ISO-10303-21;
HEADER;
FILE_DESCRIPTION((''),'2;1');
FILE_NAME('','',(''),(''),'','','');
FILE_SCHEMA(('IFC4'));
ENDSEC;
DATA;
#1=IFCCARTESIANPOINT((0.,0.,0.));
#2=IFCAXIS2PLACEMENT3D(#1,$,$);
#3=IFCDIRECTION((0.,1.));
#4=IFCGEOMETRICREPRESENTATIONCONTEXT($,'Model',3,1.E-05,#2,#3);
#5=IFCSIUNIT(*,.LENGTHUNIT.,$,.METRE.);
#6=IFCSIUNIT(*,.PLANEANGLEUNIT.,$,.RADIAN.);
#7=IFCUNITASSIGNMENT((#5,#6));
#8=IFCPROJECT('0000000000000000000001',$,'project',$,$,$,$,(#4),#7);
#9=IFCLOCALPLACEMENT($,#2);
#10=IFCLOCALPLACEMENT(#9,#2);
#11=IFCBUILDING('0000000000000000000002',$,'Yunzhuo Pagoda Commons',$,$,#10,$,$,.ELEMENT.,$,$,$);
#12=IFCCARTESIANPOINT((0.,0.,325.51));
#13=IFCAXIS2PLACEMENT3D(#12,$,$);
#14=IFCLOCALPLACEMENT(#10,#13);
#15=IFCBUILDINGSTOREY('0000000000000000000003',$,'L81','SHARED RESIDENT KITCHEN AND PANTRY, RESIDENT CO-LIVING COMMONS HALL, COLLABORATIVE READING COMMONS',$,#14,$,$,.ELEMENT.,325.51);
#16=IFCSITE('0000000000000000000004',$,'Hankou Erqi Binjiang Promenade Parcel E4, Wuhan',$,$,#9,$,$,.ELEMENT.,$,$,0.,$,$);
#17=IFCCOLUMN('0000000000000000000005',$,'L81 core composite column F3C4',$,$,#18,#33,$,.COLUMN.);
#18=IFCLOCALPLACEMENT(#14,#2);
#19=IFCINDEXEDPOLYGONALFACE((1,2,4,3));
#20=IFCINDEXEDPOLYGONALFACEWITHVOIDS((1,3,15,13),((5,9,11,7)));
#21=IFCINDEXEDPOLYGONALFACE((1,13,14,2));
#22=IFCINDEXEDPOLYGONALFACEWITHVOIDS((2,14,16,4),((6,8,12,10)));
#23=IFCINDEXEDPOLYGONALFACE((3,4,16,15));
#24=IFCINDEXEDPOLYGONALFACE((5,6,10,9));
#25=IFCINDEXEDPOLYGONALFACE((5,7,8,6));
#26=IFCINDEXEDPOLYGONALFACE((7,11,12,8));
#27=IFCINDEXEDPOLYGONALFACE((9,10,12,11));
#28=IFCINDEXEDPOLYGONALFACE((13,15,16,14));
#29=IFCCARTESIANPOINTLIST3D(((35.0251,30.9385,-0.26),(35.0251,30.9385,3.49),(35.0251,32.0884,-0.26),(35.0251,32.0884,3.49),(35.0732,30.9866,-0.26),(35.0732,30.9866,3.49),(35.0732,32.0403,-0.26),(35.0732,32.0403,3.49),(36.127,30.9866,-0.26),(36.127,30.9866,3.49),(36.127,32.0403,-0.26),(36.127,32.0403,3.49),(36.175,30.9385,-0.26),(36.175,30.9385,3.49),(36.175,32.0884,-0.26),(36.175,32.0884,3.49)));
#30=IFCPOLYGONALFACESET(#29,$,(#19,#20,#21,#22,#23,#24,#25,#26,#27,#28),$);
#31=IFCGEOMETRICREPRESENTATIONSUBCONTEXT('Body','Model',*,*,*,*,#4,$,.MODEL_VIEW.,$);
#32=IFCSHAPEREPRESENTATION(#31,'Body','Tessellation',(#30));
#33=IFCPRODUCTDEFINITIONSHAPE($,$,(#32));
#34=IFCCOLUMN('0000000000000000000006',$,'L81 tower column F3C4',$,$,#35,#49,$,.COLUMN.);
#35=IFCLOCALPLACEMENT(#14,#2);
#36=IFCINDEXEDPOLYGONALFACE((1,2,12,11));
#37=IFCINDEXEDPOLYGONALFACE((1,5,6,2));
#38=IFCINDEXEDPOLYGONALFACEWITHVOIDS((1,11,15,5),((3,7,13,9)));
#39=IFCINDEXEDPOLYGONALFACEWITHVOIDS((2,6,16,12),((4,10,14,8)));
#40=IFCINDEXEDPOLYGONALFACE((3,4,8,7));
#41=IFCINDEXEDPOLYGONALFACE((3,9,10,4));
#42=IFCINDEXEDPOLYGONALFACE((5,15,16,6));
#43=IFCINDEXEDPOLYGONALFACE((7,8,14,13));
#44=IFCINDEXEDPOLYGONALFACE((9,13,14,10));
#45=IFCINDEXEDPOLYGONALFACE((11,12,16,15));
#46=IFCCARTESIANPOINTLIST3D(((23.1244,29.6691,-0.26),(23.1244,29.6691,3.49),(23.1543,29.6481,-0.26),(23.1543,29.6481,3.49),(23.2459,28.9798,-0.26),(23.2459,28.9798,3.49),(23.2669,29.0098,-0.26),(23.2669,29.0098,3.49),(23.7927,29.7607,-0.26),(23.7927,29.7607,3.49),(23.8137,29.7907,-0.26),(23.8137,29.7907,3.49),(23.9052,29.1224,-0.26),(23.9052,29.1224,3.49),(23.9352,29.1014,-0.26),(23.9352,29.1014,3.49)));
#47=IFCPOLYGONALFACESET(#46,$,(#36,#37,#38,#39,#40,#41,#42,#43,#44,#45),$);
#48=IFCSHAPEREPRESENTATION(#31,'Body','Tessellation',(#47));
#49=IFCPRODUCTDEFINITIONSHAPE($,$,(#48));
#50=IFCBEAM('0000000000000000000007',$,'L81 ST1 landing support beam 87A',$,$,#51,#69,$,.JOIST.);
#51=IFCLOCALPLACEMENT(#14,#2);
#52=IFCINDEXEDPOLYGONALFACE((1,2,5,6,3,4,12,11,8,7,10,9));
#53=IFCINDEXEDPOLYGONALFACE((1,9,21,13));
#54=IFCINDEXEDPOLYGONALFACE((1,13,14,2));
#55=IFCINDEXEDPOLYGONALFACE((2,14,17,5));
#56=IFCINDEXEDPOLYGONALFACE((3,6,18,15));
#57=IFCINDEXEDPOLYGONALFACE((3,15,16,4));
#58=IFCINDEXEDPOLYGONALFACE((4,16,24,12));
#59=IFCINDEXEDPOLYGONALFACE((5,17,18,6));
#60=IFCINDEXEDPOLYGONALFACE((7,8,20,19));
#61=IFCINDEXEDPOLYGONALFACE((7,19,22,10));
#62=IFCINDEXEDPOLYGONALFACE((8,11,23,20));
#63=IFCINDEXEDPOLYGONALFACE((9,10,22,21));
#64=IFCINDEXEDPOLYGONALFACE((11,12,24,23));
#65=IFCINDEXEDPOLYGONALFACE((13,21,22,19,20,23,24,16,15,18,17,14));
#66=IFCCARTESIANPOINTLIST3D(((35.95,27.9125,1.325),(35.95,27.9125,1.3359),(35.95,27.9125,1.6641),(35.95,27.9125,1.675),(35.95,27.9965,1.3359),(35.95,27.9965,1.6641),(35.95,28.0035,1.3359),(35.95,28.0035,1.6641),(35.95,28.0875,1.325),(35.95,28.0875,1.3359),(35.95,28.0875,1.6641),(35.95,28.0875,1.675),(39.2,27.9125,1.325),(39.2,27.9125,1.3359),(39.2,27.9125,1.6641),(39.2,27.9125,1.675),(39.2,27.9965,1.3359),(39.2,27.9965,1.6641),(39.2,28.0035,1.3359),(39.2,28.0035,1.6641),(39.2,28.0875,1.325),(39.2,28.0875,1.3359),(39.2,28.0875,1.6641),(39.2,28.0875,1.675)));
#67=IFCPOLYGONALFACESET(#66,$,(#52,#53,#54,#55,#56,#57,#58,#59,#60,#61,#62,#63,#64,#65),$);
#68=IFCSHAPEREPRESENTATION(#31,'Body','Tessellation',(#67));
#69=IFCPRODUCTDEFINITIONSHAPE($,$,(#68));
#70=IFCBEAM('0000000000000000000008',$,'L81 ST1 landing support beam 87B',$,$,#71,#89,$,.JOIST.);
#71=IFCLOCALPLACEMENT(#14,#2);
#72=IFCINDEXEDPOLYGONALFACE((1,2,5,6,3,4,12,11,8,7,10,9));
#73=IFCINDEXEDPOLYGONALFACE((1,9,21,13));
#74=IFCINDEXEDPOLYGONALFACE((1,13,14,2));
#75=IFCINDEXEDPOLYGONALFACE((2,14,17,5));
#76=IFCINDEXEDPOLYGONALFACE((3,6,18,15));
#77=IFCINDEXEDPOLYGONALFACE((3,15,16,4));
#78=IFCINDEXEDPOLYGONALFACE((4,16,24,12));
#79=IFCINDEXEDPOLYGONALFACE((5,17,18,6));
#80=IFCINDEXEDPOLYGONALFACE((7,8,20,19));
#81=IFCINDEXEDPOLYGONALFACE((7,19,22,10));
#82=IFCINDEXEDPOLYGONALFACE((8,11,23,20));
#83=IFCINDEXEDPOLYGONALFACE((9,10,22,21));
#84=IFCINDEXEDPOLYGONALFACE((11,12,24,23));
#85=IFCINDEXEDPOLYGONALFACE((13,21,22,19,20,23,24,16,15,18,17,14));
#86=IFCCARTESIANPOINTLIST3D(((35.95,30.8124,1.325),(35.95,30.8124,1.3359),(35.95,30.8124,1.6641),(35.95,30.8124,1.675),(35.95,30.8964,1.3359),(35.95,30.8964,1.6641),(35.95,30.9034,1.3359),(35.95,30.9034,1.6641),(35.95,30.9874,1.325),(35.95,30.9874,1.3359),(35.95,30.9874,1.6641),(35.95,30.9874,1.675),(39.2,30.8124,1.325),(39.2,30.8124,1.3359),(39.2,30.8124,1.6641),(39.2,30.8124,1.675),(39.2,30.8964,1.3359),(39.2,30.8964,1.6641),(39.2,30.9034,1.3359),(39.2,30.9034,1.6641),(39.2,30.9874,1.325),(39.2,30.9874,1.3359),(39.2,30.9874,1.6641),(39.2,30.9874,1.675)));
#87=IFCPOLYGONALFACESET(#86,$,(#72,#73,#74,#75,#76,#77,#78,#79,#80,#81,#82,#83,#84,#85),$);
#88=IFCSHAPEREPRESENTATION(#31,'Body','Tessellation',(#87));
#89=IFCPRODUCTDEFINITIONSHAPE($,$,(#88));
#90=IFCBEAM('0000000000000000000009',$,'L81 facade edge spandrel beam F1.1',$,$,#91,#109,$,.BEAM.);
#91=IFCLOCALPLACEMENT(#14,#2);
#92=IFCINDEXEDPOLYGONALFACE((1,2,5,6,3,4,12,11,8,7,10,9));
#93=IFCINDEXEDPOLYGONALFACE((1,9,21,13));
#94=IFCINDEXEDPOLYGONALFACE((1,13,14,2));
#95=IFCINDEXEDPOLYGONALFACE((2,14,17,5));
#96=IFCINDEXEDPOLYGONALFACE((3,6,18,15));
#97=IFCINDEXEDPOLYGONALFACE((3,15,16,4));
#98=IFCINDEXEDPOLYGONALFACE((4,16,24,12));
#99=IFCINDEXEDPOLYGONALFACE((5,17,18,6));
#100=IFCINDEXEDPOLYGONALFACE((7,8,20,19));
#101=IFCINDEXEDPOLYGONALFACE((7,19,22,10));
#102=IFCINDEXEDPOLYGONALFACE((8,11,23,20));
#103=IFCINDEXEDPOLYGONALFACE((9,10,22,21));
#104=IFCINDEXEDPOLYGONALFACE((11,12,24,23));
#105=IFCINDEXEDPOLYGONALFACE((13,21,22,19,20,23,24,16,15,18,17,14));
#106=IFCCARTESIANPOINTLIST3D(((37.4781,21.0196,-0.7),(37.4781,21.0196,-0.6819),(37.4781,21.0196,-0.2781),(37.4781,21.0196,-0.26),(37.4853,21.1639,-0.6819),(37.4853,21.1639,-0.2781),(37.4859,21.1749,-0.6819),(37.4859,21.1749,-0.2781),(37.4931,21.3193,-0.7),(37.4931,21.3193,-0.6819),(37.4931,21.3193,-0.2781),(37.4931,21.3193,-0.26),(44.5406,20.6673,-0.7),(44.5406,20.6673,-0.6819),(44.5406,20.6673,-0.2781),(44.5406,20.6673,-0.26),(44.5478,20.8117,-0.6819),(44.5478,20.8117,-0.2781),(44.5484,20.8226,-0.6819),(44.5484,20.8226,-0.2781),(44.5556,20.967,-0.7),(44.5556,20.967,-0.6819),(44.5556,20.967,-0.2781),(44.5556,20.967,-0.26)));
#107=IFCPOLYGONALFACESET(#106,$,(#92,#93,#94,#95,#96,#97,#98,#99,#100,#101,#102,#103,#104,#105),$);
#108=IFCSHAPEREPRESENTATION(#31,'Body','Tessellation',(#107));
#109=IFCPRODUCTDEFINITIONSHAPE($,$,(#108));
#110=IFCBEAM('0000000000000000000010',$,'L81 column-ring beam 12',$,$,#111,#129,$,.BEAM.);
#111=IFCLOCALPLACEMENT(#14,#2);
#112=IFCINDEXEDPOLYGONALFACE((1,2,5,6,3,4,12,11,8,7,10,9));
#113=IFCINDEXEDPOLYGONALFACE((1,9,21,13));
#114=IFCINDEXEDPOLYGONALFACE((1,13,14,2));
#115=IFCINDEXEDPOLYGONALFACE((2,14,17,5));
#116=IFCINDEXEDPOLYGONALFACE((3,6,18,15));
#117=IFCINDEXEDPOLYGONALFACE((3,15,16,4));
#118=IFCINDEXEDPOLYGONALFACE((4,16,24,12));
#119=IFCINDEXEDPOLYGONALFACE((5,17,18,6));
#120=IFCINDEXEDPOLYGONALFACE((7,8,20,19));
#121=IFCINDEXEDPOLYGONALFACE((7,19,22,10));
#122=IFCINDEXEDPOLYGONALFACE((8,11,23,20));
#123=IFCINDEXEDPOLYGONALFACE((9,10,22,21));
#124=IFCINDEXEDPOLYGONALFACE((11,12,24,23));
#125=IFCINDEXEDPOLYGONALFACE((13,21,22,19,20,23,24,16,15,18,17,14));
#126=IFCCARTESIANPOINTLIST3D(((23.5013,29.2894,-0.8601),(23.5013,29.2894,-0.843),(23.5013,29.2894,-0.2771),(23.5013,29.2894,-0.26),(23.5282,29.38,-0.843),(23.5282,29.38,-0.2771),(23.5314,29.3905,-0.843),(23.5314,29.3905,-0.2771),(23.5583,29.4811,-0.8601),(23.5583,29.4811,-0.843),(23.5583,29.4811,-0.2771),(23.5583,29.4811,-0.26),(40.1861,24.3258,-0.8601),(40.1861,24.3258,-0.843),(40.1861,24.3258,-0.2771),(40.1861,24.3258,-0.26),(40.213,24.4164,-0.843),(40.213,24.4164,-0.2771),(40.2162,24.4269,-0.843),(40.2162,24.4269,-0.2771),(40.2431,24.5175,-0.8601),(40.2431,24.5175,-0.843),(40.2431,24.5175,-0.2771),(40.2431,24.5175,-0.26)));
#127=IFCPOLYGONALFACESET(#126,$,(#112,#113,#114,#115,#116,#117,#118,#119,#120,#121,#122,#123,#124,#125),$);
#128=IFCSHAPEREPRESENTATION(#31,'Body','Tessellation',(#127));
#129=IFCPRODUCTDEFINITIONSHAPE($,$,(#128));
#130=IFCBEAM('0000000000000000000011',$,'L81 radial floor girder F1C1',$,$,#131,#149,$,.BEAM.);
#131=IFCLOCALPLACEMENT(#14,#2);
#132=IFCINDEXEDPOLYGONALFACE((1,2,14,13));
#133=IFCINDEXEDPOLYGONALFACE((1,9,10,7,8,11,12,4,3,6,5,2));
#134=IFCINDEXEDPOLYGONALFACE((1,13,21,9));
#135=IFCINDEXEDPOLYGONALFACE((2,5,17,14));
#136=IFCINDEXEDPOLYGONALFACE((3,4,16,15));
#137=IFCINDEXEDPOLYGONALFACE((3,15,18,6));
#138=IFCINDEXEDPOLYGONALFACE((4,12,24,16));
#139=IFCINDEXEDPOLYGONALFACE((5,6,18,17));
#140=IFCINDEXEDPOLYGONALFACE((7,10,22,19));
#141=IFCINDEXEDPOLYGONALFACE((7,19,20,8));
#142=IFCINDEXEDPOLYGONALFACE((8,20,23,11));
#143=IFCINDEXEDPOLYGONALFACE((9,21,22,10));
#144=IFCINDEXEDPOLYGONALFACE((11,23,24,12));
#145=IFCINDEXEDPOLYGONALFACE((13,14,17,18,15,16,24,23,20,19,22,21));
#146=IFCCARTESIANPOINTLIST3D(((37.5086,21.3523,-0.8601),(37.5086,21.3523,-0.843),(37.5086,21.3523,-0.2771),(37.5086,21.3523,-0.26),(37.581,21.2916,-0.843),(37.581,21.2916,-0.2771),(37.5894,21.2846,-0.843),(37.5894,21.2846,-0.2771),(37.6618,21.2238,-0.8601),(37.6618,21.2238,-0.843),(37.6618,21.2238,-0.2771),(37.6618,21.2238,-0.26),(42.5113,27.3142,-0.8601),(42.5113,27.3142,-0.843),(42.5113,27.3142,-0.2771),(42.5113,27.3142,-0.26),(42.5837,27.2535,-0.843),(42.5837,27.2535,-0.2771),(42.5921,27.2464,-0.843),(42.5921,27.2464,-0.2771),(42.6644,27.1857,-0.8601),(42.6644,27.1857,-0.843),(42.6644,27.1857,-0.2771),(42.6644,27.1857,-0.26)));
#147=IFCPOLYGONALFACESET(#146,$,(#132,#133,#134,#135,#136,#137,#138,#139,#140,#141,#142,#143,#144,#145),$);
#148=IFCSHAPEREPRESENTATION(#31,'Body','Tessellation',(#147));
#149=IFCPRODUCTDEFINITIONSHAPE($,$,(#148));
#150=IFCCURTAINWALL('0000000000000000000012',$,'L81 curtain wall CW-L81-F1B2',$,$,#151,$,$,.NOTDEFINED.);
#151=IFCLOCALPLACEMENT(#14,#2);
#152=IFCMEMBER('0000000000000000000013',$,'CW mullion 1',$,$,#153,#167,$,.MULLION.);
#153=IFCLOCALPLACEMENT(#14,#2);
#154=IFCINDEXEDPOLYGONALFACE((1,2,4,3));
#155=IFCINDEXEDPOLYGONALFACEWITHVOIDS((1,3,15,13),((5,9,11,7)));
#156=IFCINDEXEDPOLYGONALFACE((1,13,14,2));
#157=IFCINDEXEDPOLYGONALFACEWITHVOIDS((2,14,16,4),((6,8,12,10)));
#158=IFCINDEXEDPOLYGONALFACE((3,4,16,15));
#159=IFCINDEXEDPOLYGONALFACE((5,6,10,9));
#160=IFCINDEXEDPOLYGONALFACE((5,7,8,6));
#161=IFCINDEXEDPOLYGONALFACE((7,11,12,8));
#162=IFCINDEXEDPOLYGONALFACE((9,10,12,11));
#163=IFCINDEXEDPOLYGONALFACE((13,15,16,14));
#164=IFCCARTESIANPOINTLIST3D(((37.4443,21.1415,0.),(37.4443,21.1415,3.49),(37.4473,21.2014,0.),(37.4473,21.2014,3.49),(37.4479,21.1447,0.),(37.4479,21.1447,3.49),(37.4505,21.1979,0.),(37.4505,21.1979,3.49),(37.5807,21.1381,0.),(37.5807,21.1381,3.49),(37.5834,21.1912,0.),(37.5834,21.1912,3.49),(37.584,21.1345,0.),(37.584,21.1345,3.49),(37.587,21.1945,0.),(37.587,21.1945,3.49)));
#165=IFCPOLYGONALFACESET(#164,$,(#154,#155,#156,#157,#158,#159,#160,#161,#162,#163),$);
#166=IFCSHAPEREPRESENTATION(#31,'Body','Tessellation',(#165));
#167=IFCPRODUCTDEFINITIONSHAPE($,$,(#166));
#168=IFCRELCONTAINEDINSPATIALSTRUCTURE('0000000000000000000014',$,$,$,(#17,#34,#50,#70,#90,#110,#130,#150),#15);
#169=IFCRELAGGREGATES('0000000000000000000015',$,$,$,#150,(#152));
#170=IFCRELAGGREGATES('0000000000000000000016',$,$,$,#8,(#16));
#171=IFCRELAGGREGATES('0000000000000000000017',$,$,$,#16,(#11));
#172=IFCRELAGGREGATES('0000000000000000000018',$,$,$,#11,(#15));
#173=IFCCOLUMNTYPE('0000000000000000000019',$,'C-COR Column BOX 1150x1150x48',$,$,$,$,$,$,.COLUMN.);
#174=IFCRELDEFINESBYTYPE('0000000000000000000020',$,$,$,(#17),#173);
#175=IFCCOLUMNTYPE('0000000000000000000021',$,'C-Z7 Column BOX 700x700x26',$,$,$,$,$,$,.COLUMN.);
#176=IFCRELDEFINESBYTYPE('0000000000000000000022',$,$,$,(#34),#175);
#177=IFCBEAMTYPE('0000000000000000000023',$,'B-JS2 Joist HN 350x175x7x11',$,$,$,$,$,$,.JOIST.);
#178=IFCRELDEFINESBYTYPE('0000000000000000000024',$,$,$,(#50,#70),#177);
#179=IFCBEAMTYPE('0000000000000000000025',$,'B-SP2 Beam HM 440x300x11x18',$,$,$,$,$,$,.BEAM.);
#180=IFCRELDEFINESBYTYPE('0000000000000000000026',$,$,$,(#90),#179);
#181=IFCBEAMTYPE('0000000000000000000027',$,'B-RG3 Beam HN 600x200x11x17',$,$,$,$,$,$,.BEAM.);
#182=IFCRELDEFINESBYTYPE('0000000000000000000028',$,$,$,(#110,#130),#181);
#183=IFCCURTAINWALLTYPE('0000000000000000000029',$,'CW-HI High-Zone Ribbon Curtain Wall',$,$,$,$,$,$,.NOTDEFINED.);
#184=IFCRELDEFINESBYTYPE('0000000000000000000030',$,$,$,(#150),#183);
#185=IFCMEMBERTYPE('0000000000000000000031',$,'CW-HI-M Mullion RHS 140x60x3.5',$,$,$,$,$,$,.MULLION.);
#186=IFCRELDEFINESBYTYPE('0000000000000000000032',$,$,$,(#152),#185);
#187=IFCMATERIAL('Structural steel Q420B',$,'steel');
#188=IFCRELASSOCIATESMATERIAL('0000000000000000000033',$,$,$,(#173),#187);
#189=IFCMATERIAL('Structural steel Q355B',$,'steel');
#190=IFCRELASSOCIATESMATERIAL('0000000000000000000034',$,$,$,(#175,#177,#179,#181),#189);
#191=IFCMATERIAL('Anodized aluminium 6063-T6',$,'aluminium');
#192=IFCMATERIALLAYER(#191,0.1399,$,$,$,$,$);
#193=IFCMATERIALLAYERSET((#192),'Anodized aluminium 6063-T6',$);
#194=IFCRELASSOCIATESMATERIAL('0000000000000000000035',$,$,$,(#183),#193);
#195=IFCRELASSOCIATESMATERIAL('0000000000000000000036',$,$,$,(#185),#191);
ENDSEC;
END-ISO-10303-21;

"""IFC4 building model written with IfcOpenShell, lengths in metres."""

from ifc_helpers import new_model, si_unit, direction, frame, origin, origin_2d, place, context, subcontext, project, spatial, hollow_rectangle, i_section, extrude, source, transform, mapped, material, layer, layer_set, material_profile, profile_set, type_object, element, aggregate, save


model = new_model("IFC4")

# Units and contexts
model_context = context("Model", 3, precision=1e-05, world=origin(), true_north=direction((0.0, 1.0)))
body_context = subcontext(model_context, "Body", "Model", "MODEL_VIEW")
ifc_project = project(units=[si_unit("LENGTHUNIT", "METRE"), si_unit("PLANEANGLEUNIT", "RADIAN")], contexts=[model_context])

# Site, building, storey
site_placement = place(None, origin())
site = spatial("IfcSite", under=ifc_project, at=site_placement, Name="Hankou Erqi Binjiang Promenade Parcel E4, Wuhan", CompositionType="ELEMENT", RefElevation=0.0)
building_placement = place(site_placement, origin())
building = spatial("IfcBuilding", under=site, at=building_placement, Name="Yunzhuo Pagoda Commons", CompositionType="ELEMENT")
storey_placement = place(building_placement, frame((0.0, 0.0, 325.51)))
storey = spatial("IfcBuildingStorey", under=building, at=storey_placement, Name="L81", Description="SHARED RESIDENT KITCHEN AND PANTRY, RESIDENT CO-LIVING COMMONS HALL, COLLABORATIVE READING COMMONS", CompositionType="ELEMENT", Elevation=325.51)

# Columns
ifc_material_1 = material(Name="Structural steel Q420B", Category="steel")
ifc_material_profile_1 = material_profile(ifc_material_1, hollow_rectangle(XDim=1.1499, YDim=1.1499, WallThickness=0.0481, at=origin_2d()), Name="Structural steel Q420B")
ifc_profile_set_1 = profile_set([ifc_material_profile_1], Name="Structural steel Q420B")
column_type_1 = type_object("IfcColumnType", Name="C-COR Column BOX 1150x1150x48", PredefinedType="COLUMN", material=ifc_profile_set_1)
shared_shape_1 = source(origin(), body_context, "Body", "SweptSolid", [
    extrude(hollow_rectangle(XDim=1.1499, YDim=1.1499, WallThickness=0.0481, at=origin_2d()), origin(), (0.0, 0.0, 1.0), 3.75),
])
column_1_placement = place(storey_placement, frame((35.6001, 31.5134, -0.26), z_axis=(0.0, 0.0, 1.0), x_axis=(1.0, 0.0, 0.0)))
element("IfcColumn", 1, at=column_1_placement, inside=storey, type_object=column_type_1, Name="L81 core composite column F3C4", PredefinedType="COLUMN", context=body_context, shape_type="MappedRepresentation", body=[
    mapped(shared_shape_1, transform((0.0, 0.0, 0.0), scale=1.0)),
])
ifc_material_2 = material(Name="Structural steel Q355B", Category="steel")
ifc_material_profile_2 = material_profile(ifc_material_2, hollow_rectangle(XDim=0.7, YDim=0.7, WallThickness=0.0259, at=origin_2d()), Name="Structural steel Q355B")
ifc_profile_set_2 = profile_set([ifc_material_profile_2], Name="Structural steel Q355B")
column_type_2 = type_object("IfcColumnType", Name="C-Z7 Column BOX 700x700x26", PredefinedType="COLUMN", material=ifc_profile_set_2)
shared_shape_2 = source(origin(), body_context, "Body", "SweptSolid", [
    extrude(hollow_rectangle(XDim=0.7, YDim=0.7, WallThickness=0.0259, at=origin_2d()), origin(), (0.0, 0.0, 1.0), 3.75),
])
column_2_placement = place(storey_placement, frame((23.5298, 29.3853, -0.26), z_axis=(0.0, 0.0, 1.0), x_axis=(0.173648, -0.984808, 0.0)))
element("IfcColumn", 2, at=column_2_placement, inside=storey, type_object=column_type_2, Name="L81 tower column F3C4", PredefinedType="COLUMN", context=body_context, shape_type="MappedRepresentation", body=[
    mapped(shared_shape_2, transform((0.0, 0.0, 0.0), scale=1.0)),
])

# Beams
ifc_material_profile_3 = material_profile(ifc_material_2, i_section(OverallWidth=0.175, OverallDepth=0.3501, WebThickness=0.0071, FlangeThickness=0.011, at=origin_2d()), Name="Structural steel Q355B")
ifc_profile_set_3 = profile_set([ifc_material_profile_3], Name="Structural steel Q355B")
beam_type_1 = type_object("IfcBeamType", Name="B-JS2 Joist HN 350x175x7x11", PredefinedType="JOIST", material=ifc_profile_set_3)
shared_shape_3 = source(origin(), body_context, "Body", "SweptSolid", [
    extrude(i_section(OverallWidth=0.175, OverallDepth=0.3501, WebThickness=0.0071, FlangeThickness=0.011, at=origin_2d()), origin(), (0.0, 0.0, 1.0), 3.25),
])
for number, where, z_axis, x_axis, name in (
    (3, (35.95, 28.0, 1.5), (1.0, 0.0, 0.0), (0.0, 1.0, 0.0), "L81 ST1 landing support beam 87A"),
    (4, (35.95, 30.8999, 1.5), (1.0, 0.0, 0.0), (0.0, 1.0, 0.0), "L81 ST1 landing support beam 87B"),
):
    element("IfcBeam", number, at=place(storey_placement, frame(where, z_axis=z_axis, x_axis=x_axis)), inside=storey, type_object=beam_type_1, Name=name, PredefinedType="JOIST", context=body_context, shape_type="MappedRepresentation", body=[
        mapped(shared_shape_3, transform((0.0, 0.0, 0.0), scale=1.0)),
    ])
ifc_material_profile_4 = material_profile(ifc_material_2, i_section(OverallWidth=0.3, OverallDepth=0.4399, WebThickness=0.011, FlangeThickness=0.0181, at=origin_2d()), Name="Structural steel Q355B")
ifc_profile_set_4 = profile_set([ifc_material_profile_4], Name="Structural steel Q355B")
beam_type_2 = type_object("IfcBeamType", Name="B-SP2 Beam HM 440x300x11x18", PredefinedType="BEAM", material=ifc_profile_set_4)
shared_shape_4 = source(origin(), body_context, "Body", "SweptSolid", [
    extrude(i_section(OverallWidth=0.3, OverallDepth=0.4399, WebThickness=0.011, FlangeThickness=0.0181, at=origin_2d()), origin(), (0.0, 0.0, 1.0), 7.0713),
])
beam_1_placement = place(storey_placement, frame((37.4856, 21.1694, -0.48), z_axis=(0.998758, -0.049821, 0.0), x_axis=(0.049821, 0.998758, 0.0)))
element("IfcBeam", 5, at=beam_1_placement, inside=storey, type_object=beam_type_2, Name="L81 facade edge spandrel beam F1.1", PredefinedType="BEAM", context=body_context, shape_type="MappedRepresentation", body=[
    mapped(shared_shape_4, transform((0.0, 0.0, 0.0), scale=1.0)),
])
ifc_material_profile_5 = material_profile(ifc_material_2, i_section(OverallWidth=0.2, OverallDepth=0.6001, WebThickness=0.011, FlangeThickness=0.0171, at=origin_2d()), Name="Structural steel Q355B")
ifc_profile_set_5 = profile_set([ifc_material_profile_5], Name="Structural steel Q355B")
beam_type_3 = type_object("IfcBeamType", Name="B-RG3 Beam HN 600x200x11x17", PredefinedType="BEAM", material=ifc_profile_set_5)
shared_shape_5 = source(origin(), body_context, "Body", "SweptSolid", [
    extrude(i_section(OverallWidth=0.2, OverallDepth=0.6001, WebThickness=0.011, FlangeThickness=0.0171, at=origin_2d()), origin(), (0.0, 0.0, 1.0), 17.4075),
])
beam_2_placement = place(storey_placement, frame((23.5298, 29.3853, -0.5601), z_axis=(0.958485, -0.285143, 0.0), x_axis=(0.285143, 0.958485, 0.0)))
element("IfcBeam", 6, at=beam_2_placement, inside=storey, type_object=beam_type_3, Name="L81 column-ring beam 12", PredefinedType="BEAM", context=body_context, shape_type="MappedRepresentation", body=[
    mapped(shared_shape_5, transform((0.0, 0.0, 0.0), scale=1.0)),
])
shared_shape_6 = source(origin(), body_context, "Body", "SweptSolid", [
    extrude(i_section(OverallWidth=0.2, OverallDepth=0.6001, WebThickness=0.011, FlangeThickness=0.0171, at=origin_2d()), origin(), (0.0, 0.0, 1.0), 7.7827),
])
beam_3_placement = place(storey_placement, frame((37.5852, 21.2881, -0.5601), z_axis=(0.642791, 0.766042, 0.0), x_axis=(-0.766042, 0.642791, 0.0)))
element("IfcBeam", 7, at=beam_3_placement, inside=storey, type_object=beam_type_3, Name="L81 radial floor girder F1C1", PredefinedType="BEAM", context=body_context, shape_type="MappedRepresentation", body=[
    mapped(shared_shape_6, transform((0.0, 0.0, 0.0), scale=1.0)),
])

# Curtain wall, member
ifc_material_3 = material(Name="Anodized aluminium 6063-T6", Category="aluminium")
ifc_layer_1 = layer(ifc_material_3, 0.1399)
ifc_layer_set_1 = layer_set([ifc_layer_1], Name="Anodized aluminium 6063-T6")
curtain_wall_type = type_object("IfcCurtainWallType", Name="CW-HI High-Zone Ribbon Curtain Wall", PredefinedType="NOTDEFINED", material=ifc_layer_set_1)
curtain_wall_1_placement = place(storey_placement, origin())
curtain_wall_1 = element("IfcCurtainWall", 8, at=curtain_wall_1_placement, inside=storey, type_object=curtain_wall_type, Name="L81 curtain wall CW-L81-F1B2", PredefinedType="NOTDEFINED")
ifc_material_profile_6 = material_profile(ifc_material_3, hollow_rectangle(XDim=0.0601, YDim=0.1399, WallThickness=0.0034, at=origin_2d()), Name="Anodized aluminium 6063-T6")
ifc_profile_set_6 = profile_set([ifc_material_profile_6], Name="Anodized aluminium 6063-T6")
member_type_1 = type_object("IfcMemberType", Name="CW-HI-M Mullion RHS 140x60x3.5", PredefinedType="MULLION", material=ifc_profile_set_6)
shared_shape_7 = source(origin(), body_context, "Body", "SweptSolid", [
    extrude(hollow_rectangle(XDim=0.0601, YDim=0.1399, WallThickness=0.0034, at=origin_2d()), origin(), (0.0, 0.0, 1.0), 3.49),
])
member_1_placement = place(storey_placement, frame((37.5156, 21.168, 0.0), z_axis=(0.0, 0.0, 1.0), x_axis=(0.04985, 0.998757, 0.0)))
member_1 = element("IfcMember", 9, at=member_1_placement, type_object=member_type_1, Name="CW mullion 1", PredefinedType="MULLION", context=body_context, shape_type="MappedRepresentation", body=[
    mapped(shared_shape_7, transform((0.0, 0.0, 0.0), scale=1.0)),
])

aggregate(curtain_wall_1, [member_1])

save(model, "model.ifc")
